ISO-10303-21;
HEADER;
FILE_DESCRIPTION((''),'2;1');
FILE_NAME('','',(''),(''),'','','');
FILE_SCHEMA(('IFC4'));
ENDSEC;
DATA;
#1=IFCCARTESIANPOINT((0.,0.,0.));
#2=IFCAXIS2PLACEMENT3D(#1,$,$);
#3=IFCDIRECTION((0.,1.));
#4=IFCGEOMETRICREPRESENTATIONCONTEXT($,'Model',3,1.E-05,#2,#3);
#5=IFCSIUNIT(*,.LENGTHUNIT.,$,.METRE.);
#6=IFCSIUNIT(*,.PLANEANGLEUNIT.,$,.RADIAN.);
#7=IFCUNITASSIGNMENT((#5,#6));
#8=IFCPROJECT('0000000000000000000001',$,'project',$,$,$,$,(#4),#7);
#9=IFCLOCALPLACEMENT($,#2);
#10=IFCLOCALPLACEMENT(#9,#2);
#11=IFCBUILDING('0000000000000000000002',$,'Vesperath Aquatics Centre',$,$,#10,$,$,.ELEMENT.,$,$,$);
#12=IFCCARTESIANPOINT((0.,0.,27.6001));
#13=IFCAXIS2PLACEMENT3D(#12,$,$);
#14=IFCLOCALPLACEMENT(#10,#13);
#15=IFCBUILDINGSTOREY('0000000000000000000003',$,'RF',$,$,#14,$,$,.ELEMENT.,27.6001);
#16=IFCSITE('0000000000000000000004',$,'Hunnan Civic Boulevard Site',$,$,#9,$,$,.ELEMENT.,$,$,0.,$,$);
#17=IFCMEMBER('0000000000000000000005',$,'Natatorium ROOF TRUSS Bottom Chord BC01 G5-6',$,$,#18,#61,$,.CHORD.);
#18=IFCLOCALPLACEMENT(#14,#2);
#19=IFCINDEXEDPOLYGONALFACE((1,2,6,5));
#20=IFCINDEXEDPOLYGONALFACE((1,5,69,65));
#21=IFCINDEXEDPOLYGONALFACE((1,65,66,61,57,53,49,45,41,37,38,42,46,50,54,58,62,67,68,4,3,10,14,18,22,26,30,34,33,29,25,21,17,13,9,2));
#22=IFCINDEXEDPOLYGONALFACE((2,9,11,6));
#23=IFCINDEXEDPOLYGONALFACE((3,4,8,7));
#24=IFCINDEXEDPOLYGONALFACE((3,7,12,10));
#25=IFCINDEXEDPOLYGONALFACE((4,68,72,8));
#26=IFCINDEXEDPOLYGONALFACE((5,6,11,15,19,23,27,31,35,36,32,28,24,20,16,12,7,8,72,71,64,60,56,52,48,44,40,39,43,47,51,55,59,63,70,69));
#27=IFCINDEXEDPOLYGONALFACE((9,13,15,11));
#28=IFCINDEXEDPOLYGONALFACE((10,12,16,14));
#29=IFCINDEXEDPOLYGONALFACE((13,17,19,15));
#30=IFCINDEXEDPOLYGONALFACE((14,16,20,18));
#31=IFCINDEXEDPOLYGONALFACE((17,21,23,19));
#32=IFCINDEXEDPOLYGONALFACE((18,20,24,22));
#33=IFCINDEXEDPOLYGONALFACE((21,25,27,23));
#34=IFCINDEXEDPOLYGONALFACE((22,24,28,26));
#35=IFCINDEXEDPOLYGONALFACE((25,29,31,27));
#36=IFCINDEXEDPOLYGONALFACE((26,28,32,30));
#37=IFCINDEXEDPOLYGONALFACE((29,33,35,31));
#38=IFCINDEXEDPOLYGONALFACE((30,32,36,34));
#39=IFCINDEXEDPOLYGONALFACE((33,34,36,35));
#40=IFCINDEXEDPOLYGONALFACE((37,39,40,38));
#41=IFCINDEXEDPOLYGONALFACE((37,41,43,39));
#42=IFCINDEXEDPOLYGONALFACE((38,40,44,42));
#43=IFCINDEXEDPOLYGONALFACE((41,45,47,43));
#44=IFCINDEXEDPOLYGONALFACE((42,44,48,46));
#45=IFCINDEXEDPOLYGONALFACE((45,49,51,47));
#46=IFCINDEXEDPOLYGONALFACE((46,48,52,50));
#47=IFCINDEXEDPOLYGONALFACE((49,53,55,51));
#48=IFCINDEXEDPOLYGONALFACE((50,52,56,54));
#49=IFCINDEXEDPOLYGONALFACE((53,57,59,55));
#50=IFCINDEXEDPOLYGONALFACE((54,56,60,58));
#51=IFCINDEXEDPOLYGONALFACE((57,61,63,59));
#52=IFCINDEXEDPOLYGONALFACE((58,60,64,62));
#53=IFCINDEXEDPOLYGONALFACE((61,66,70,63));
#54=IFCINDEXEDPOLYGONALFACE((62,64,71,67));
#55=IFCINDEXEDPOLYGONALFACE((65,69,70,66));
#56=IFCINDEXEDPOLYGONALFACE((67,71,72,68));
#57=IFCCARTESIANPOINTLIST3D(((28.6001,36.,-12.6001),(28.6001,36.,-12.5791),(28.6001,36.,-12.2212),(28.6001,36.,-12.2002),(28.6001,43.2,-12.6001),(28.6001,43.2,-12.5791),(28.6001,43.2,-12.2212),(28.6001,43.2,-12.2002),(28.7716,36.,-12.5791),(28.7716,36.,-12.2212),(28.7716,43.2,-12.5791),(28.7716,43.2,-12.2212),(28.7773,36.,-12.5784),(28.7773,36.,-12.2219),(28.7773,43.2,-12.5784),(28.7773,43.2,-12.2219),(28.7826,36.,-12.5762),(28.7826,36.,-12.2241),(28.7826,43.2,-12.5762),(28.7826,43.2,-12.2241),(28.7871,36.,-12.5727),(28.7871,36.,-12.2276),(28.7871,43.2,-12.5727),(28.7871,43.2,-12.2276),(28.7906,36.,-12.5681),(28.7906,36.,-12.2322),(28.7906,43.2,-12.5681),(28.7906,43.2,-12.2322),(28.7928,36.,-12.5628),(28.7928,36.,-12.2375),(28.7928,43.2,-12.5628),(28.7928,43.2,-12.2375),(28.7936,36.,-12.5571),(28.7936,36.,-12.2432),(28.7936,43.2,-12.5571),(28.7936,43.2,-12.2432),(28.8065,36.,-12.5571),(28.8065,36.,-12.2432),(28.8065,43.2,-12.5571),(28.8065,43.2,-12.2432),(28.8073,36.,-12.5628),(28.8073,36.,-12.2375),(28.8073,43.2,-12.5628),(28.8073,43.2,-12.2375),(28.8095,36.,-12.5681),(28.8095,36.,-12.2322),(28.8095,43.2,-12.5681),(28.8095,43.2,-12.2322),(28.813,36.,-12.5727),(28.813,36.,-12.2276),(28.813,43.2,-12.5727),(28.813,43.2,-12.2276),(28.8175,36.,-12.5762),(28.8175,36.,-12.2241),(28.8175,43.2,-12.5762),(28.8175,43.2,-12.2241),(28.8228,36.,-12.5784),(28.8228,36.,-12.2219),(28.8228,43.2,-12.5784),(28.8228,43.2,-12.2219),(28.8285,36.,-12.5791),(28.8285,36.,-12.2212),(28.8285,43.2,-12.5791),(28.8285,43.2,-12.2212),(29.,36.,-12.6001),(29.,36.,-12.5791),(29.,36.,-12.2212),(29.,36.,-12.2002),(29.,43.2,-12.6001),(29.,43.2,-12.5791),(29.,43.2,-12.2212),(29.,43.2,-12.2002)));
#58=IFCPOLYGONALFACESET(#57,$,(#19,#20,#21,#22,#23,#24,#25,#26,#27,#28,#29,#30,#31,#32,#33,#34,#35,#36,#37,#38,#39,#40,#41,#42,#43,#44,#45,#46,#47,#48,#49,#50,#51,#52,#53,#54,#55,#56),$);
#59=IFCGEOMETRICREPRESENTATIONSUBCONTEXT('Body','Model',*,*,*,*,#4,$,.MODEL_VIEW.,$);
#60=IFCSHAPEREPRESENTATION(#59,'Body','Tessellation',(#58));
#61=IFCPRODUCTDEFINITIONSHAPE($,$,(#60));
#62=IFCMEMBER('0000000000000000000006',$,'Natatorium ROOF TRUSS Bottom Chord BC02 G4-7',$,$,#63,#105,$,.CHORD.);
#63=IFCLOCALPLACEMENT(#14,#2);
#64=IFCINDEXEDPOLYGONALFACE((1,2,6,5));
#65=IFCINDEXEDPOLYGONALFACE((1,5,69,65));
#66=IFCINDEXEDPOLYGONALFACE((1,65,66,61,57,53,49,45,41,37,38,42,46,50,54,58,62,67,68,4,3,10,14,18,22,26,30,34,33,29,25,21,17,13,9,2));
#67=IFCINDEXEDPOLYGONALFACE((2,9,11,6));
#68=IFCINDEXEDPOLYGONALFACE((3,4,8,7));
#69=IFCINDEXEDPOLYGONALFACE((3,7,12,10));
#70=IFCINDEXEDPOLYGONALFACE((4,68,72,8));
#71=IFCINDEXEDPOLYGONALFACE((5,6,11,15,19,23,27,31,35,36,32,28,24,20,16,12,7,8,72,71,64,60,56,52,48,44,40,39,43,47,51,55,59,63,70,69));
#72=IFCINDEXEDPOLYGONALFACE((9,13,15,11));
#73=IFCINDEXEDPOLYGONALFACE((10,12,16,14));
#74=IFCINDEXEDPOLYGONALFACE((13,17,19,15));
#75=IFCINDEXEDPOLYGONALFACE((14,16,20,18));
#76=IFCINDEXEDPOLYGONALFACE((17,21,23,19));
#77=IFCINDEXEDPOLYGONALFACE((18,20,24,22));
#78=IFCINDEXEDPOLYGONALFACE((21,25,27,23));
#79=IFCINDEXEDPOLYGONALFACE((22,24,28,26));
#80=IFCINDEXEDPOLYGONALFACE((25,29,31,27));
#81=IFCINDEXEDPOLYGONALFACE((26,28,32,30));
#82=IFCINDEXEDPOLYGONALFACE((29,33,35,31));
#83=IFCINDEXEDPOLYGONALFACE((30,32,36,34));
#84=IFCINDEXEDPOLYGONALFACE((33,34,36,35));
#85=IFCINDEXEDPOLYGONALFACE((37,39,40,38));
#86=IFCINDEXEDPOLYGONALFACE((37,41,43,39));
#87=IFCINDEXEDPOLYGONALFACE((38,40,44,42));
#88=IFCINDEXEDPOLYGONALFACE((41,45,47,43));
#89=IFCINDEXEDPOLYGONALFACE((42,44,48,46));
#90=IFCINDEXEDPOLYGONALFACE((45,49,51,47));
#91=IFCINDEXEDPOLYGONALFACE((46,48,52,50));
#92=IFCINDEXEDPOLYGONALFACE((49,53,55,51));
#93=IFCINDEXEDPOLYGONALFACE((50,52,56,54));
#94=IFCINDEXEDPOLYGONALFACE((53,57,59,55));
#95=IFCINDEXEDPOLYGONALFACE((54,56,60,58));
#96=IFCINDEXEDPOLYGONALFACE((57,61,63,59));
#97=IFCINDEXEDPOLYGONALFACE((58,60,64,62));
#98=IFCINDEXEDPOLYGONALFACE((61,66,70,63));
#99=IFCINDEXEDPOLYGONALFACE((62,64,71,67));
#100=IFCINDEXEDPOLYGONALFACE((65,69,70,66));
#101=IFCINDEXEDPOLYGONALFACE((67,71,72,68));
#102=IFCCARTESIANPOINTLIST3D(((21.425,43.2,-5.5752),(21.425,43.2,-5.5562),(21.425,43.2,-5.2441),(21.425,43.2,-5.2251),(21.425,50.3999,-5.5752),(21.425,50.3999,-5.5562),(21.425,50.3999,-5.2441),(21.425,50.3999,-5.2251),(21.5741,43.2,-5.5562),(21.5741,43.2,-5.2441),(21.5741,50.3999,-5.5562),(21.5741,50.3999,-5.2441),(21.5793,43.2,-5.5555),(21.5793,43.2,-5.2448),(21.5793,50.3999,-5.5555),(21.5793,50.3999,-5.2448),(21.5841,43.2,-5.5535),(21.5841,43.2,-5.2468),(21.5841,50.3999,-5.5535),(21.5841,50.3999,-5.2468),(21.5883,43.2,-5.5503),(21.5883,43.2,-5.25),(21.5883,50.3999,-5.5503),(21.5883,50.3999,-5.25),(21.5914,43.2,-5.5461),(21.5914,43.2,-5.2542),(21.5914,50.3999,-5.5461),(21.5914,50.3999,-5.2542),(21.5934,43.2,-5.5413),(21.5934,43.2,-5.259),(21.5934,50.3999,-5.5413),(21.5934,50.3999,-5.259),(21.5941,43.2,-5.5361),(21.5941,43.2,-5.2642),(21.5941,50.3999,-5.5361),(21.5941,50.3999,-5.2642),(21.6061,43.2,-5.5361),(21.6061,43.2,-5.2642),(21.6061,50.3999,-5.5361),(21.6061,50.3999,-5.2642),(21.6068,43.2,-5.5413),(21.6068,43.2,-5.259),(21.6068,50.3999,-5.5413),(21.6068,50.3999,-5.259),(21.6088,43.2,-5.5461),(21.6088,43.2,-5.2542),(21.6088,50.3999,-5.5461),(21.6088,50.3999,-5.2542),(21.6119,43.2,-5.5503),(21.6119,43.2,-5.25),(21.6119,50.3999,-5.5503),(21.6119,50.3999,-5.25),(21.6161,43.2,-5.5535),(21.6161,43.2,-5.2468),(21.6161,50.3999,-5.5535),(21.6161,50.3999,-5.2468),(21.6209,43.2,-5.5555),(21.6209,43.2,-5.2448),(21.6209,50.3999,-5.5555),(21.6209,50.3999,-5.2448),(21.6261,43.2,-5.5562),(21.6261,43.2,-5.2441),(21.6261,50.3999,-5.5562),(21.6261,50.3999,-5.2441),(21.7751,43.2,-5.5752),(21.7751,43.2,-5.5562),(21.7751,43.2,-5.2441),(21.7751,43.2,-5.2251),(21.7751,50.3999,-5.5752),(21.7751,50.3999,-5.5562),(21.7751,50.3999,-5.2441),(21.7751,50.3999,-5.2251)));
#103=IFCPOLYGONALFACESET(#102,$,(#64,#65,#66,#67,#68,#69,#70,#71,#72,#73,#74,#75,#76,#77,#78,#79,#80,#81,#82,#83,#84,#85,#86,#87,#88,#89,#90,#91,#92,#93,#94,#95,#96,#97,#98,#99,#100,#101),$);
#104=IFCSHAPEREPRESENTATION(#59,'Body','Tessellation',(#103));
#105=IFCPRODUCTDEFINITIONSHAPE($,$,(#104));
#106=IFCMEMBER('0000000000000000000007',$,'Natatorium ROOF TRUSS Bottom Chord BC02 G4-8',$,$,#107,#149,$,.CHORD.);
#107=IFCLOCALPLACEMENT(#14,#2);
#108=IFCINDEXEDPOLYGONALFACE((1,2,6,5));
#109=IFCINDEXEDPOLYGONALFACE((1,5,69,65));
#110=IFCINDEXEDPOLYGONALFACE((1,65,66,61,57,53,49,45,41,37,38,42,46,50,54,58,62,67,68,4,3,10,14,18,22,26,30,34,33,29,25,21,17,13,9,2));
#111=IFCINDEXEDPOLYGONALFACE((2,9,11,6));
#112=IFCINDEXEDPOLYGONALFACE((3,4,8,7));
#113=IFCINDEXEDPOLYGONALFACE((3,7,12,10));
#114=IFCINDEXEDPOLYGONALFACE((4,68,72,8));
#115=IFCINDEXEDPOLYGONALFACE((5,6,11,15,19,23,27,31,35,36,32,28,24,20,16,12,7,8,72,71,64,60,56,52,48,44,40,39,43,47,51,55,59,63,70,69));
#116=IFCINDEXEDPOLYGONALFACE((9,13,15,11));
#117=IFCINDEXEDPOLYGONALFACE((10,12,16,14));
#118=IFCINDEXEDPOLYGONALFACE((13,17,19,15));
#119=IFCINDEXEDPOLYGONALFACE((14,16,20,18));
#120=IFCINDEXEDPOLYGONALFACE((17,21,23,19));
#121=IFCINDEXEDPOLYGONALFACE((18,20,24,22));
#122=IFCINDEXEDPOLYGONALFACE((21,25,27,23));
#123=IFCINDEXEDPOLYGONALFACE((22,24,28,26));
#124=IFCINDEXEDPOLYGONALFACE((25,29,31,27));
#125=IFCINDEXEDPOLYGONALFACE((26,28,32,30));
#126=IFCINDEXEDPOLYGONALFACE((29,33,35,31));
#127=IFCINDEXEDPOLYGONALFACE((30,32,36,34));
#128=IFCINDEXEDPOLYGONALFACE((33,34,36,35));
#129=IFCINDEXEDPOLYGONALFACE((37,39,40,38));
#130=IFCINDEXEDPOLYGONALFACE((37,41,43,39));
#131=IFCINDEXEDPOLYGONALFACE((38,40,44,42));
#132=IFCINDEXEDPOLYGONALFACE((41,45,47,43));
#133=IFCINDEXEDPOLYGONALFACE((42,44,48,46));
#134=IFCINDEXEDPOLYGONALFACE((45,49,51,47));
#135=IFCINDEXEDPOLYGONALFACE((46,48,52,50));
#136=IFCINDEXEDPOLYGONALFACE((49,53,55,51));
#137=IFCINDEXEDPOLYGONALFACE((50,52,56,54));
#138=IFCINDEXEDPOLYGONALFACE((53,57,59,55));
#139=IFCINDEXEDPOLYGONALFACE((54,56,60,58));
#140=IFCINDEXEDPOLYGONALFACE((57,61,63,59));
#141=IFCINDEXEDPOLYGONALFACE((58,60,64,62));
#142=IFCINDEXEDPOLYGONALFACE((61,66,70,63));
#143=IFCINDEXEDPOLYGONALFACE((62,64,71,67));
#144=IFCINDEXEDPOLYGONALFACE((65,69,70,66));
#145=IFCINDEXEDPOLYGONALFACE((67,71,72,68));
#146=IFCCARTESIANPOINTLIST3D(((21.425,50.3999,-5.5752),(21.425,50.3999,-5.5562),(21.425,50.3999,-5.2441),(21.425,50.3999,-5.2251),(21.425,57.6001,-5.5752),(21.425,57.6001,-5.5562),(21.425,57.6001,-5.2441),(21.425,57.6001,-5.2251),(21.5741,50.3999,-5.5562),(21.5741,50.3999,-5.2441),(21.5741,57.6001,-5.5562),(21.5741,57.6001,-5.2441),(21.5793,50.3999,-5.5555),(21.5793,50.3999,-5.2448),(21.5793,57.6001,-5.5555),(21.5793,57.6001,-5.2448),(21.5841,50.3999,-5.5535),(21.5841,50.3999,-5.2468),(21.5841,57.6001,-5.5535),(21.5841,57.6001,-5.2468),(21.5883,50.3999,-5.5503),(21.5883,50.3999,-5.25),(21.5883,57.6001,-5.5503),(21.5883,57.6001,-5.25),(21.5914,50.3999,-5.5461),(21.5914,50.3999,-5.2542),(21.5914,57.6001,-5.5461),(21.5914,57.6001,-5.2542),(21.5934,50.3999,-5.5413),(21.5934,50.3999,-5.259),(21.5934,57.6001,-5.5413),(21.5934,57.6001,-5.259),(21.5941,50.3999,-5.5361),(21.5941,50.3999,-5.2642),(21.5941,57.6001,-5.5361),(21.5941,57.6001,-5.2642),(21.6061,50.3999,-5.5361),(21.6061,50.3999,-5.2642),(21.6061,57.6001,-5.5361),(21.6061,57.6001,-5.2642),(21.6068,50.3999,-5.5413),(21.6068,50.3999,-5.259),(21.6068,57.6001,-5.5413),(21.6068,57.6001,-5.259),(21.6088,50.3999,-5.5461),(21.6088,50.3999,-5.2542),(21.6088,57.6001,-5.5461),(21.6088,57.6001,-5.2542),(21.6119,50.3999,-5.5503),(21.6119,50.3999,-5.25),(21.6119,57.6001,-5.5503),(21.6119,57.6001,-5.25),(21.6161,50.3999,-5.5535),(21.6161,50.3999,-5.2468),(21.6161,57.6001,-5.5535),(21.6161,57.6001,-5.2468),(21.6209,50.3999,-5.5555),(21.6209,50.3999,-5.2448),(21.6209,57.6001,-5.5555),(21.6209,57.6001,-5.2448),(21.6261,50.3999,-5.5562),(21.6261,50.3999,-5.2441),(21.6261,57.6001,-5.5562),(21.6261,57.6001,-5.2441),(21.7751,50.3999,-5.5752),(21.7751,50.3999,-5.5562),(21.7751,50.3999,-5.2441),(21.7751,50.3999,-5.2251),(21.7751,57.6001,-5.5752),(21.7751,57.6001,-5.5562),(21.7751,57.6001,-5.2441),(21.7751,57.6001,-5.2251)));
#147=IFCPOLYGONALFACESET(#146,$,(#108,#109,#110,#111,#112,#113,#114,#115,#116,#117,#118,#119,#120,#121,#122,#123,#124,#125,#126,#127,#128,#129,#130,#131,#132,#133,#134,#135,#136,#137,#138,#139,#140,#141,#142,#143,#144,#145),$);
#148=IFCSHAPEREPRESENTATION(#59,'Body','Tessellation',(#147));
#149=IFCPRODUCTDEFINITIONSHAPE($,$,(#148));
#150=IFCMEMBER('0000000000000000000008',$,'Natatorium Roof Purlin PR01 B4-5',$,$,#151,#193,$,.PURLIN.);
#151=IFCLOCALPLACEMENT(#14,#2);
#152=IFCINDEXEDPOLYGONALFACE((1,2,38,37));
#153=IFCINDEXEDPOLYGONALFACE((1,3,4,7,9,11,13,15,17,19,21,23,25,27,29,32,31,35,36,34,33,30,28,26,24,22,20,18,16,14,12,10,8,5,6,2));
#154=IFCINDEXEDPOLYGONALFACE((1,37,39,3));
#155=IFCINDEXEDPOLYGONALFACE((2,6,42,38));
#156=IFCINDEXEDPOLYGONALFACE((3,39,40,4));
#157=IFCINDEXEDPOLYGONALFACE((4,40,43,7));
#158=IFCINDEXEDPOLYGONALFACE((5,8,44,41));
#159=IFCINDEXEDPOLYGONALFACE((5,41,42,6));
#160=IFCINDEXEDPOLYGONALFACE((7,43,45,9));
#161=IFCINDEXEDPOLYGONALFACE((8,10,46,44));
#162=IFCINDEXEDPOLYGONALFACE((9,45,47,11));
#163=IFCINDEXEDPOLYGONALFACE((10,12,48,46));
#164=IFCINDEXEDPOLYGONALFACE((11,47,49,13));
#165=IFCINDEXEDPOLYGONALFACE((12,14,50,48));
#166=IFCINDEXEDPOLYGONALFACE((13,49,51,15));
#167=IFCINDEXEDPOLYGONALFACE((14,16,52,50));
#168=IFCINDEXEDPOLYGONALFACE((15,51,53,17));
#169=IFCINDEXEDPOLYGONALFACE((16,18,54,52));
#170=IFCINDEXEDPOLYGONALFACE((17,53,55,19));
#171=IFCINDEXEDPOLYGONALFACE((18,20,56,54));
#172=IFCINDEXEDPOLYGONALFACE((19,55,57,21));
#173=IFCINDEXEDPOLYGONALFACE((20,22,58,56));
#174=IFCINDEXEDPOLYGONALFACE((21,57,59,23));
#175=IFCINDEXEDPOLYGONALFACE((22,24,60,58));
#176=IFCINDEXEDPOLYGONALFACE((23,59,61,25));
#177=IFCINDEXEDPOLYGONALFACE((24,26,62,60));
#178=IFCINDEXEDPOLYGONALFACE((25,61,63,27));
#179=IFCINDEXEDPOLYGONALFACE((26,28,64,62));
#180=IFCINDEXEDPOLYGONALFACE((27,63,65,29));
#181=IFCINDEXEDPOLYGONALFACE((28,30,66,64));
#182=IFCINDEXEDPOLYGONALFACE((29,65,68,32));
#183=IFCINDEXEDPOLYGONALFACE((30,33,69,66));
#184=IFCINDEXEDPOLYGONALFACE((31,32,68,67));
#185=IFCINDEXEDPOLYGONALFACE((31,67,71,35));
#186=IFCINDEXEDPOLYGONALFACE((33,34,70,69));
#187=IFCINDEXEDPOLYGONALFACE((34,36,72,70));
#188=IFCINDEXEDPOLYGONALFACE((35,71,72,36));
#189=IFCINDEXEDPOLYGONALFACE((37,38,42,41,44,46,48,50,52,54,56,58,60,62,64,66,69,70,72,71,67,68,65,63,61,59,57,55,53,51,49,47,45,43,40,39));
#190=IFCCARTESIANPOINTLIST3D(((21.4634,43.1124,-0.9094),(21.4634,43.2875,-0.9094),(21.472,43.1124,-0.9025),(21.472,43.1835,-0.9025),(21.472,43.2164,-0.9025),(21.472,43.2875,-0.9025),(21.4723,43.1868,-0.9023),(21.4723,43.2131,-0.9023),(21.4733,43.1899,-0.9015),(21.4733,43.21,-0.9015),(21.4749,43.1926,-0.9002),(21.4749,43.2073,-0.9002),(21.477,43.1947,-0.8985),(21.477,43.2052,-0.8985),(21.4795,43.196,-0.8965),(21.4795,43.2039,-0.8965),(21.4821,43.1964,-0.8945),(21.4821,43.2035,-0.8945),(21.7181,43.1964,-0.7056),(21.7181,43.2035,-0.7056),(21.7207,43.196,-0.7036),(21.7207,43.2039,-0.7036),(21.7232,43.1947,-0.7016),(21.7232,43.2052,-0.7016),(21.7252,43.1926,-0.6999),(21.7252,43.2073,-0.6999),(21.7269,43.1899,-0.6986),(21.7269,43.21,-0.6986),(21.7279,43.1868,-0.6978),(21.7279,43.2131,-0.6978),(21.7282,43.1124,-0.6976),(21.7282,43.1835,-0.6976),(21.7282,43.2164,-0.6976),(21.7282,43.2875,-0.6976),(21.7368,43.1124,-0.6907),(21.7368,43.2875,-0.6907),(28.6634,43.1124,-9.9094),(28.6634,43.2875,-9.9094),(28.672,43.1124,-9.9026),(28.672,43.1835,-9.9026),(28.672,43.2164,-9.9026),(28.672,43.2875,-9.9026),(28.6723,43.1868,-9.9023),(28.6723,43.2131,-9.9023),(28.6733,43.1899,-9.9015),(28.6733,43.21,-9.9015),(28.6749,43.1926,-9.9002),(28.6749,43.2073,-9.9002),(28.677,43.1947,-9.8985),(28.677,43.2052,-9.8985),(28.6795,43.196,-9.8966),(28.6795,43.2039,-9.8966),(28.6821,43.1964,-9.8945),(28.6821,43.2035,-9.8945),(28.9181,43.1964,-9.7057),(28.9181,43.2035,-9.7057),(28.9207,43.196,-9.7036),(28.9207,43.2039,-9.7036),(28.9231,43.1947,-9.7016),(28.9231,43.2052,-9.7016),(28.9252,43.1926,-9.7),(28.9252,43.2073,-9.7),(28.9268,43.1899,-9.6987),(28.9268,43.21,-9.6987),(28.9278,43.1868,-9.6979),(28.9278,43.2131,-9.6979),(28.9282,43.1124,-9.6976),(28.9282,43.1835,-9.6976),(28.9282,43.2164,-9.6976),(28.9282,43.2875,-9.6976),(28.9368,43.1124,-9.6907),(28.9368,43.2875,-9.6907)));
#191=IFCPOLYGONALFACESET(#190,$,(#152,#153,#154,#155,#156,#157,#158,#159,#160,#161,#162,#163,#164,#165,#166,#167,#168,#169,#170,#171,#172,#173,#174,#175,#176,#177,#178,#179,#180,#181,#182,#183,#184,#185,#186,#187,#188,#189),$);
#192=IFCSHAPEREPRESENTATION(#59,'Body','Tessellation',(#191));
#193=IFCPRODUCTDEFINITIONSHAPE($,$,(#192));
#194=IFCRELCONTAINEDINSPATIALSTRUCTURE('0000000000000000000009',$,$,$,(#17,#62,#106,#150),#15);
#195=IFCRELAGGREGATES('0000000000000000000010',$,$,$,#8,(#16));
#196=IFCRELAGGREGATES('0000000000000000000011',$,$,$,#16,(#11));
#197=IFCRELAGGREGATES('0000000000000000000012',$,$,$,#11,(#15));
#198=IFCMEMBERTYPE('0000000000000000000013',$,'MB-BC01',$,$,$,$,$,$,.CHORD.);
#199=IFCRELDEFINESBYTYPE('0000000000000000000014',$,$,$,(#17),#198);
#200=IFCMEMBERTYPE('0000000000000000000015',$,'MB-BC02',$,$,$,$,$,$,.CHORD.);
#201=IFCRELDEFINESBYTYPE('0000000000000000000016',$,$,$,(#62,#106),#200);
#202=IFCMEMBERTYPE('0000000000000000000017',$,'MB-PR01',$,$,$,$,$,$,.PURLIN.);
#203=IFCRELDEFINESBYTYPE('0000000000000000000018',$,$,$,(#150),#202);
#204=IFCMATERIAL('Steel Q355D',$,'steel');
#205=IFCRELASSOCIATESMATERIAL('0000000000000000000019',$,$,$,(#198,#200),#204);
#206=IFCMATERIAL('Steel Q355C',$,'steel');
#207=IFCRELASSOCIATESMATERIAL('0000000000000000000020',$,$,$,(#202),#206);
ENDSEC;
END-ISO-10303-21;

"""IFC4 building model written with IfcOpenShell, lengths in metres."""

from ifc_helpers import new_model, si_unit, direction, frame, origin, origin_2d, place, context, subcontext, project, spatial, i_section, extrude, material, material_profile, profile_set, type_object, element, save


model = new_model("IFC4")

# Units and contexts
model_context = context("Model", 3, precision=1e-05, world=origin(), true_north=direction((0.0, 1.0)))
body_context = subcontext(model_context, "Body", "Model", "MODEL_VIEW")
ifc_project = project(units=[si_unit("LENGTHUNIT", "METRE"), si_unit("PLANEANGLEUNIT", "RADIAN")], contexts=[model_context])

# Site, building, storey
site_placement = place(None, origin())
site = spatial("IfcSite", under=ifc_project, at=site_placement, Name="Hunnan Civic Boulevard Site", CompositionType="ELEMENT", RefElevation=0.0)
building_placement = place(site_placement, origin())
building = spatial("IfcBuilding", under=site, at=building_placement, Name="Vesperath Aquatics Centre", CompositionType="ELEMENT")
storey_placement = place(building_placement, frame((0.0, 0.0, 27.6001)))
storey = spatial("IfcBuildingStorey", under=building, at=storey_placement, Name="RF", CompositionType="ELEMENT", Elevation=27.6001)

# Members
ifc_material_1 = material(Name="Steel Q355D", Category="steel")
ifc_material_profile_1 = material_profile(ifc_material_1, i_section(OverallWidth=0.3999, OverallDepth=0.3999, WebThickness=0.0129, FlangeThickness=0.021, FilletRadius=0.022, at=origin_2d()), Name="HW 400x400x13x21")
ifc_profile_set_1 = profile_set([ifc_material_profile_1], Name="Steel Q355D")
member_type_1 = type_object("IfcMemberType", Name="MB-BC01", PredefinedType="CHORD", material=ifc_profile_set_1)
member_1_placement = place(storey_placement, frame((28.8, 36.0, -12.4001), z_axis=(0.0, 1.0, 0.0), x_axis=(-1.0, 0.0, 0.0)))
element("IfcMember", 1, at=member_1_placement, inside=storey, type_object=member_type_1, Name="Natatorium ROOF TRUSS Bottom Chord BC01 G5-6", PredefinedType="CHORD", context=body_context, shape_type="SweptSolid", body=[
    extrude(i_section(OverallWidth=0.3999, OverallDepth=0.3999, WebThickness=0.0129, FlangeThickness=0.021, FilletRadius=0.022, at=origin_2d()), origin(), (0.0, 0.0, 1.0), 7.2),
])
ifc_material_profile_2 = material_profile(ifc_material_1, i_section(OverallWidth=0.3501, OverallDepth=0.3501, WebThickness=0.012, FlangeThickness=0.019, FilletRadius=0.02, at=origin_2d()), Name="HW 350x350x12x19")
ifc_profile_set_2 = profile_set([ifc_material_profile_2], Name="Steel Q355D")
member_type_2 = type_object("IfcMemberType", Name="MB-BC02", PredefinedType="CHORD", material=ifc_profile_set_2)
member_2_placement = place(storey_placement, frame((21.6001, 43.2, -5.4001), z_axis=(0.0, 1.0, 0.0), x_axis=(-1.0, 0.0, 0.0)))
element("IfcMember", 2, at=member_2_placement, inside=storey, type_object=member_type_2, Name="Natatorium ROOF TRUSS Bottom Chord BC02 G4-7", PredefinedType="CHORD", context=body_context, shape_type="SweptSolid", body=[
    extrude(i_section(OverallWidth=0.3501, OverallDepth=0.3501, WebThickness=0.012, FlangeThickness=0.019, FilletRadius=0.02, at=origin_2d()), origin(), (0.0, 0.0, 1.0), 7.2),
])
member_3_placement = place(storey_placement, frame((21.6001, 50.3999, -5.4001), z_axis=(0.0, 1.0, 0.0), x_axis=(-1.0, 0.0, 0.0)))
element("IfcMember", 3, at=member_3_placement, inside=storey, type_object=member_type_2, Name="Natatorium ROOF TRUSS Bottom Chord BC02 G4-8", PredefinedType="CHORD", context=body_context, shape_type="SweptSolid", body=[
    extrude(i_section(OverallWidth=0.3501, OverallDepth=0.3501, WebThickness=0.012, FlangeThickness=0.019, FilletRadius=0.02, at=origin_2d()), origin(), (0.0, 0.0, 1.0), 7.2002),
])
ifc_material_2 = material(Name="Steel Q355C", Category="steel")
ifc_material_profile_3 = material_profile(ifc_material_2, i_section(OverallWidth=0.175, OverallDepth=0.3501, WebThickness=0.0071, FlangeThickness=0.011, FilletRadius=0.0129, at=origin_2d()), Name="HN 350x175x7x11")
ifc_profile_set_3 = profile_set([ifc_material_profile_3], Name="Steel Q355C")
member_type_3 = type_object("IfcMemberType", Name="MB-PR01", PredefinedType="PURLIN", material=ifc_profile_set_3)
for number, where, z_axis, x_axis, name in (
    (4, (21.6001, 43.2, -0.8), (0.624692, 0.0, -0.780871), (0.0, 1.0, 0.0), "Natatorium Roof Purlin PR01 B4-5"),
):
    element("IfcMember", number, at=place(storey_placement, frame(where, z_axis=z_axis, x_axis=x_axis)), inside=storey, type_object=member_type_3, Name=name, PredefinedType="PURLIN", context=body_context, shape_type="SweptSolid", body=[
        extrude(i_section(OverallWidth=0.175, OverallDepth=0.3501, WebThickness=0.0071, FlangeThickness=0.011, FilletRadius=0.0129, at=origin_2d()), origin(), (0.0, 0.0, 1.0), 11.5256),
    ])

save(model, "model.ifc")
